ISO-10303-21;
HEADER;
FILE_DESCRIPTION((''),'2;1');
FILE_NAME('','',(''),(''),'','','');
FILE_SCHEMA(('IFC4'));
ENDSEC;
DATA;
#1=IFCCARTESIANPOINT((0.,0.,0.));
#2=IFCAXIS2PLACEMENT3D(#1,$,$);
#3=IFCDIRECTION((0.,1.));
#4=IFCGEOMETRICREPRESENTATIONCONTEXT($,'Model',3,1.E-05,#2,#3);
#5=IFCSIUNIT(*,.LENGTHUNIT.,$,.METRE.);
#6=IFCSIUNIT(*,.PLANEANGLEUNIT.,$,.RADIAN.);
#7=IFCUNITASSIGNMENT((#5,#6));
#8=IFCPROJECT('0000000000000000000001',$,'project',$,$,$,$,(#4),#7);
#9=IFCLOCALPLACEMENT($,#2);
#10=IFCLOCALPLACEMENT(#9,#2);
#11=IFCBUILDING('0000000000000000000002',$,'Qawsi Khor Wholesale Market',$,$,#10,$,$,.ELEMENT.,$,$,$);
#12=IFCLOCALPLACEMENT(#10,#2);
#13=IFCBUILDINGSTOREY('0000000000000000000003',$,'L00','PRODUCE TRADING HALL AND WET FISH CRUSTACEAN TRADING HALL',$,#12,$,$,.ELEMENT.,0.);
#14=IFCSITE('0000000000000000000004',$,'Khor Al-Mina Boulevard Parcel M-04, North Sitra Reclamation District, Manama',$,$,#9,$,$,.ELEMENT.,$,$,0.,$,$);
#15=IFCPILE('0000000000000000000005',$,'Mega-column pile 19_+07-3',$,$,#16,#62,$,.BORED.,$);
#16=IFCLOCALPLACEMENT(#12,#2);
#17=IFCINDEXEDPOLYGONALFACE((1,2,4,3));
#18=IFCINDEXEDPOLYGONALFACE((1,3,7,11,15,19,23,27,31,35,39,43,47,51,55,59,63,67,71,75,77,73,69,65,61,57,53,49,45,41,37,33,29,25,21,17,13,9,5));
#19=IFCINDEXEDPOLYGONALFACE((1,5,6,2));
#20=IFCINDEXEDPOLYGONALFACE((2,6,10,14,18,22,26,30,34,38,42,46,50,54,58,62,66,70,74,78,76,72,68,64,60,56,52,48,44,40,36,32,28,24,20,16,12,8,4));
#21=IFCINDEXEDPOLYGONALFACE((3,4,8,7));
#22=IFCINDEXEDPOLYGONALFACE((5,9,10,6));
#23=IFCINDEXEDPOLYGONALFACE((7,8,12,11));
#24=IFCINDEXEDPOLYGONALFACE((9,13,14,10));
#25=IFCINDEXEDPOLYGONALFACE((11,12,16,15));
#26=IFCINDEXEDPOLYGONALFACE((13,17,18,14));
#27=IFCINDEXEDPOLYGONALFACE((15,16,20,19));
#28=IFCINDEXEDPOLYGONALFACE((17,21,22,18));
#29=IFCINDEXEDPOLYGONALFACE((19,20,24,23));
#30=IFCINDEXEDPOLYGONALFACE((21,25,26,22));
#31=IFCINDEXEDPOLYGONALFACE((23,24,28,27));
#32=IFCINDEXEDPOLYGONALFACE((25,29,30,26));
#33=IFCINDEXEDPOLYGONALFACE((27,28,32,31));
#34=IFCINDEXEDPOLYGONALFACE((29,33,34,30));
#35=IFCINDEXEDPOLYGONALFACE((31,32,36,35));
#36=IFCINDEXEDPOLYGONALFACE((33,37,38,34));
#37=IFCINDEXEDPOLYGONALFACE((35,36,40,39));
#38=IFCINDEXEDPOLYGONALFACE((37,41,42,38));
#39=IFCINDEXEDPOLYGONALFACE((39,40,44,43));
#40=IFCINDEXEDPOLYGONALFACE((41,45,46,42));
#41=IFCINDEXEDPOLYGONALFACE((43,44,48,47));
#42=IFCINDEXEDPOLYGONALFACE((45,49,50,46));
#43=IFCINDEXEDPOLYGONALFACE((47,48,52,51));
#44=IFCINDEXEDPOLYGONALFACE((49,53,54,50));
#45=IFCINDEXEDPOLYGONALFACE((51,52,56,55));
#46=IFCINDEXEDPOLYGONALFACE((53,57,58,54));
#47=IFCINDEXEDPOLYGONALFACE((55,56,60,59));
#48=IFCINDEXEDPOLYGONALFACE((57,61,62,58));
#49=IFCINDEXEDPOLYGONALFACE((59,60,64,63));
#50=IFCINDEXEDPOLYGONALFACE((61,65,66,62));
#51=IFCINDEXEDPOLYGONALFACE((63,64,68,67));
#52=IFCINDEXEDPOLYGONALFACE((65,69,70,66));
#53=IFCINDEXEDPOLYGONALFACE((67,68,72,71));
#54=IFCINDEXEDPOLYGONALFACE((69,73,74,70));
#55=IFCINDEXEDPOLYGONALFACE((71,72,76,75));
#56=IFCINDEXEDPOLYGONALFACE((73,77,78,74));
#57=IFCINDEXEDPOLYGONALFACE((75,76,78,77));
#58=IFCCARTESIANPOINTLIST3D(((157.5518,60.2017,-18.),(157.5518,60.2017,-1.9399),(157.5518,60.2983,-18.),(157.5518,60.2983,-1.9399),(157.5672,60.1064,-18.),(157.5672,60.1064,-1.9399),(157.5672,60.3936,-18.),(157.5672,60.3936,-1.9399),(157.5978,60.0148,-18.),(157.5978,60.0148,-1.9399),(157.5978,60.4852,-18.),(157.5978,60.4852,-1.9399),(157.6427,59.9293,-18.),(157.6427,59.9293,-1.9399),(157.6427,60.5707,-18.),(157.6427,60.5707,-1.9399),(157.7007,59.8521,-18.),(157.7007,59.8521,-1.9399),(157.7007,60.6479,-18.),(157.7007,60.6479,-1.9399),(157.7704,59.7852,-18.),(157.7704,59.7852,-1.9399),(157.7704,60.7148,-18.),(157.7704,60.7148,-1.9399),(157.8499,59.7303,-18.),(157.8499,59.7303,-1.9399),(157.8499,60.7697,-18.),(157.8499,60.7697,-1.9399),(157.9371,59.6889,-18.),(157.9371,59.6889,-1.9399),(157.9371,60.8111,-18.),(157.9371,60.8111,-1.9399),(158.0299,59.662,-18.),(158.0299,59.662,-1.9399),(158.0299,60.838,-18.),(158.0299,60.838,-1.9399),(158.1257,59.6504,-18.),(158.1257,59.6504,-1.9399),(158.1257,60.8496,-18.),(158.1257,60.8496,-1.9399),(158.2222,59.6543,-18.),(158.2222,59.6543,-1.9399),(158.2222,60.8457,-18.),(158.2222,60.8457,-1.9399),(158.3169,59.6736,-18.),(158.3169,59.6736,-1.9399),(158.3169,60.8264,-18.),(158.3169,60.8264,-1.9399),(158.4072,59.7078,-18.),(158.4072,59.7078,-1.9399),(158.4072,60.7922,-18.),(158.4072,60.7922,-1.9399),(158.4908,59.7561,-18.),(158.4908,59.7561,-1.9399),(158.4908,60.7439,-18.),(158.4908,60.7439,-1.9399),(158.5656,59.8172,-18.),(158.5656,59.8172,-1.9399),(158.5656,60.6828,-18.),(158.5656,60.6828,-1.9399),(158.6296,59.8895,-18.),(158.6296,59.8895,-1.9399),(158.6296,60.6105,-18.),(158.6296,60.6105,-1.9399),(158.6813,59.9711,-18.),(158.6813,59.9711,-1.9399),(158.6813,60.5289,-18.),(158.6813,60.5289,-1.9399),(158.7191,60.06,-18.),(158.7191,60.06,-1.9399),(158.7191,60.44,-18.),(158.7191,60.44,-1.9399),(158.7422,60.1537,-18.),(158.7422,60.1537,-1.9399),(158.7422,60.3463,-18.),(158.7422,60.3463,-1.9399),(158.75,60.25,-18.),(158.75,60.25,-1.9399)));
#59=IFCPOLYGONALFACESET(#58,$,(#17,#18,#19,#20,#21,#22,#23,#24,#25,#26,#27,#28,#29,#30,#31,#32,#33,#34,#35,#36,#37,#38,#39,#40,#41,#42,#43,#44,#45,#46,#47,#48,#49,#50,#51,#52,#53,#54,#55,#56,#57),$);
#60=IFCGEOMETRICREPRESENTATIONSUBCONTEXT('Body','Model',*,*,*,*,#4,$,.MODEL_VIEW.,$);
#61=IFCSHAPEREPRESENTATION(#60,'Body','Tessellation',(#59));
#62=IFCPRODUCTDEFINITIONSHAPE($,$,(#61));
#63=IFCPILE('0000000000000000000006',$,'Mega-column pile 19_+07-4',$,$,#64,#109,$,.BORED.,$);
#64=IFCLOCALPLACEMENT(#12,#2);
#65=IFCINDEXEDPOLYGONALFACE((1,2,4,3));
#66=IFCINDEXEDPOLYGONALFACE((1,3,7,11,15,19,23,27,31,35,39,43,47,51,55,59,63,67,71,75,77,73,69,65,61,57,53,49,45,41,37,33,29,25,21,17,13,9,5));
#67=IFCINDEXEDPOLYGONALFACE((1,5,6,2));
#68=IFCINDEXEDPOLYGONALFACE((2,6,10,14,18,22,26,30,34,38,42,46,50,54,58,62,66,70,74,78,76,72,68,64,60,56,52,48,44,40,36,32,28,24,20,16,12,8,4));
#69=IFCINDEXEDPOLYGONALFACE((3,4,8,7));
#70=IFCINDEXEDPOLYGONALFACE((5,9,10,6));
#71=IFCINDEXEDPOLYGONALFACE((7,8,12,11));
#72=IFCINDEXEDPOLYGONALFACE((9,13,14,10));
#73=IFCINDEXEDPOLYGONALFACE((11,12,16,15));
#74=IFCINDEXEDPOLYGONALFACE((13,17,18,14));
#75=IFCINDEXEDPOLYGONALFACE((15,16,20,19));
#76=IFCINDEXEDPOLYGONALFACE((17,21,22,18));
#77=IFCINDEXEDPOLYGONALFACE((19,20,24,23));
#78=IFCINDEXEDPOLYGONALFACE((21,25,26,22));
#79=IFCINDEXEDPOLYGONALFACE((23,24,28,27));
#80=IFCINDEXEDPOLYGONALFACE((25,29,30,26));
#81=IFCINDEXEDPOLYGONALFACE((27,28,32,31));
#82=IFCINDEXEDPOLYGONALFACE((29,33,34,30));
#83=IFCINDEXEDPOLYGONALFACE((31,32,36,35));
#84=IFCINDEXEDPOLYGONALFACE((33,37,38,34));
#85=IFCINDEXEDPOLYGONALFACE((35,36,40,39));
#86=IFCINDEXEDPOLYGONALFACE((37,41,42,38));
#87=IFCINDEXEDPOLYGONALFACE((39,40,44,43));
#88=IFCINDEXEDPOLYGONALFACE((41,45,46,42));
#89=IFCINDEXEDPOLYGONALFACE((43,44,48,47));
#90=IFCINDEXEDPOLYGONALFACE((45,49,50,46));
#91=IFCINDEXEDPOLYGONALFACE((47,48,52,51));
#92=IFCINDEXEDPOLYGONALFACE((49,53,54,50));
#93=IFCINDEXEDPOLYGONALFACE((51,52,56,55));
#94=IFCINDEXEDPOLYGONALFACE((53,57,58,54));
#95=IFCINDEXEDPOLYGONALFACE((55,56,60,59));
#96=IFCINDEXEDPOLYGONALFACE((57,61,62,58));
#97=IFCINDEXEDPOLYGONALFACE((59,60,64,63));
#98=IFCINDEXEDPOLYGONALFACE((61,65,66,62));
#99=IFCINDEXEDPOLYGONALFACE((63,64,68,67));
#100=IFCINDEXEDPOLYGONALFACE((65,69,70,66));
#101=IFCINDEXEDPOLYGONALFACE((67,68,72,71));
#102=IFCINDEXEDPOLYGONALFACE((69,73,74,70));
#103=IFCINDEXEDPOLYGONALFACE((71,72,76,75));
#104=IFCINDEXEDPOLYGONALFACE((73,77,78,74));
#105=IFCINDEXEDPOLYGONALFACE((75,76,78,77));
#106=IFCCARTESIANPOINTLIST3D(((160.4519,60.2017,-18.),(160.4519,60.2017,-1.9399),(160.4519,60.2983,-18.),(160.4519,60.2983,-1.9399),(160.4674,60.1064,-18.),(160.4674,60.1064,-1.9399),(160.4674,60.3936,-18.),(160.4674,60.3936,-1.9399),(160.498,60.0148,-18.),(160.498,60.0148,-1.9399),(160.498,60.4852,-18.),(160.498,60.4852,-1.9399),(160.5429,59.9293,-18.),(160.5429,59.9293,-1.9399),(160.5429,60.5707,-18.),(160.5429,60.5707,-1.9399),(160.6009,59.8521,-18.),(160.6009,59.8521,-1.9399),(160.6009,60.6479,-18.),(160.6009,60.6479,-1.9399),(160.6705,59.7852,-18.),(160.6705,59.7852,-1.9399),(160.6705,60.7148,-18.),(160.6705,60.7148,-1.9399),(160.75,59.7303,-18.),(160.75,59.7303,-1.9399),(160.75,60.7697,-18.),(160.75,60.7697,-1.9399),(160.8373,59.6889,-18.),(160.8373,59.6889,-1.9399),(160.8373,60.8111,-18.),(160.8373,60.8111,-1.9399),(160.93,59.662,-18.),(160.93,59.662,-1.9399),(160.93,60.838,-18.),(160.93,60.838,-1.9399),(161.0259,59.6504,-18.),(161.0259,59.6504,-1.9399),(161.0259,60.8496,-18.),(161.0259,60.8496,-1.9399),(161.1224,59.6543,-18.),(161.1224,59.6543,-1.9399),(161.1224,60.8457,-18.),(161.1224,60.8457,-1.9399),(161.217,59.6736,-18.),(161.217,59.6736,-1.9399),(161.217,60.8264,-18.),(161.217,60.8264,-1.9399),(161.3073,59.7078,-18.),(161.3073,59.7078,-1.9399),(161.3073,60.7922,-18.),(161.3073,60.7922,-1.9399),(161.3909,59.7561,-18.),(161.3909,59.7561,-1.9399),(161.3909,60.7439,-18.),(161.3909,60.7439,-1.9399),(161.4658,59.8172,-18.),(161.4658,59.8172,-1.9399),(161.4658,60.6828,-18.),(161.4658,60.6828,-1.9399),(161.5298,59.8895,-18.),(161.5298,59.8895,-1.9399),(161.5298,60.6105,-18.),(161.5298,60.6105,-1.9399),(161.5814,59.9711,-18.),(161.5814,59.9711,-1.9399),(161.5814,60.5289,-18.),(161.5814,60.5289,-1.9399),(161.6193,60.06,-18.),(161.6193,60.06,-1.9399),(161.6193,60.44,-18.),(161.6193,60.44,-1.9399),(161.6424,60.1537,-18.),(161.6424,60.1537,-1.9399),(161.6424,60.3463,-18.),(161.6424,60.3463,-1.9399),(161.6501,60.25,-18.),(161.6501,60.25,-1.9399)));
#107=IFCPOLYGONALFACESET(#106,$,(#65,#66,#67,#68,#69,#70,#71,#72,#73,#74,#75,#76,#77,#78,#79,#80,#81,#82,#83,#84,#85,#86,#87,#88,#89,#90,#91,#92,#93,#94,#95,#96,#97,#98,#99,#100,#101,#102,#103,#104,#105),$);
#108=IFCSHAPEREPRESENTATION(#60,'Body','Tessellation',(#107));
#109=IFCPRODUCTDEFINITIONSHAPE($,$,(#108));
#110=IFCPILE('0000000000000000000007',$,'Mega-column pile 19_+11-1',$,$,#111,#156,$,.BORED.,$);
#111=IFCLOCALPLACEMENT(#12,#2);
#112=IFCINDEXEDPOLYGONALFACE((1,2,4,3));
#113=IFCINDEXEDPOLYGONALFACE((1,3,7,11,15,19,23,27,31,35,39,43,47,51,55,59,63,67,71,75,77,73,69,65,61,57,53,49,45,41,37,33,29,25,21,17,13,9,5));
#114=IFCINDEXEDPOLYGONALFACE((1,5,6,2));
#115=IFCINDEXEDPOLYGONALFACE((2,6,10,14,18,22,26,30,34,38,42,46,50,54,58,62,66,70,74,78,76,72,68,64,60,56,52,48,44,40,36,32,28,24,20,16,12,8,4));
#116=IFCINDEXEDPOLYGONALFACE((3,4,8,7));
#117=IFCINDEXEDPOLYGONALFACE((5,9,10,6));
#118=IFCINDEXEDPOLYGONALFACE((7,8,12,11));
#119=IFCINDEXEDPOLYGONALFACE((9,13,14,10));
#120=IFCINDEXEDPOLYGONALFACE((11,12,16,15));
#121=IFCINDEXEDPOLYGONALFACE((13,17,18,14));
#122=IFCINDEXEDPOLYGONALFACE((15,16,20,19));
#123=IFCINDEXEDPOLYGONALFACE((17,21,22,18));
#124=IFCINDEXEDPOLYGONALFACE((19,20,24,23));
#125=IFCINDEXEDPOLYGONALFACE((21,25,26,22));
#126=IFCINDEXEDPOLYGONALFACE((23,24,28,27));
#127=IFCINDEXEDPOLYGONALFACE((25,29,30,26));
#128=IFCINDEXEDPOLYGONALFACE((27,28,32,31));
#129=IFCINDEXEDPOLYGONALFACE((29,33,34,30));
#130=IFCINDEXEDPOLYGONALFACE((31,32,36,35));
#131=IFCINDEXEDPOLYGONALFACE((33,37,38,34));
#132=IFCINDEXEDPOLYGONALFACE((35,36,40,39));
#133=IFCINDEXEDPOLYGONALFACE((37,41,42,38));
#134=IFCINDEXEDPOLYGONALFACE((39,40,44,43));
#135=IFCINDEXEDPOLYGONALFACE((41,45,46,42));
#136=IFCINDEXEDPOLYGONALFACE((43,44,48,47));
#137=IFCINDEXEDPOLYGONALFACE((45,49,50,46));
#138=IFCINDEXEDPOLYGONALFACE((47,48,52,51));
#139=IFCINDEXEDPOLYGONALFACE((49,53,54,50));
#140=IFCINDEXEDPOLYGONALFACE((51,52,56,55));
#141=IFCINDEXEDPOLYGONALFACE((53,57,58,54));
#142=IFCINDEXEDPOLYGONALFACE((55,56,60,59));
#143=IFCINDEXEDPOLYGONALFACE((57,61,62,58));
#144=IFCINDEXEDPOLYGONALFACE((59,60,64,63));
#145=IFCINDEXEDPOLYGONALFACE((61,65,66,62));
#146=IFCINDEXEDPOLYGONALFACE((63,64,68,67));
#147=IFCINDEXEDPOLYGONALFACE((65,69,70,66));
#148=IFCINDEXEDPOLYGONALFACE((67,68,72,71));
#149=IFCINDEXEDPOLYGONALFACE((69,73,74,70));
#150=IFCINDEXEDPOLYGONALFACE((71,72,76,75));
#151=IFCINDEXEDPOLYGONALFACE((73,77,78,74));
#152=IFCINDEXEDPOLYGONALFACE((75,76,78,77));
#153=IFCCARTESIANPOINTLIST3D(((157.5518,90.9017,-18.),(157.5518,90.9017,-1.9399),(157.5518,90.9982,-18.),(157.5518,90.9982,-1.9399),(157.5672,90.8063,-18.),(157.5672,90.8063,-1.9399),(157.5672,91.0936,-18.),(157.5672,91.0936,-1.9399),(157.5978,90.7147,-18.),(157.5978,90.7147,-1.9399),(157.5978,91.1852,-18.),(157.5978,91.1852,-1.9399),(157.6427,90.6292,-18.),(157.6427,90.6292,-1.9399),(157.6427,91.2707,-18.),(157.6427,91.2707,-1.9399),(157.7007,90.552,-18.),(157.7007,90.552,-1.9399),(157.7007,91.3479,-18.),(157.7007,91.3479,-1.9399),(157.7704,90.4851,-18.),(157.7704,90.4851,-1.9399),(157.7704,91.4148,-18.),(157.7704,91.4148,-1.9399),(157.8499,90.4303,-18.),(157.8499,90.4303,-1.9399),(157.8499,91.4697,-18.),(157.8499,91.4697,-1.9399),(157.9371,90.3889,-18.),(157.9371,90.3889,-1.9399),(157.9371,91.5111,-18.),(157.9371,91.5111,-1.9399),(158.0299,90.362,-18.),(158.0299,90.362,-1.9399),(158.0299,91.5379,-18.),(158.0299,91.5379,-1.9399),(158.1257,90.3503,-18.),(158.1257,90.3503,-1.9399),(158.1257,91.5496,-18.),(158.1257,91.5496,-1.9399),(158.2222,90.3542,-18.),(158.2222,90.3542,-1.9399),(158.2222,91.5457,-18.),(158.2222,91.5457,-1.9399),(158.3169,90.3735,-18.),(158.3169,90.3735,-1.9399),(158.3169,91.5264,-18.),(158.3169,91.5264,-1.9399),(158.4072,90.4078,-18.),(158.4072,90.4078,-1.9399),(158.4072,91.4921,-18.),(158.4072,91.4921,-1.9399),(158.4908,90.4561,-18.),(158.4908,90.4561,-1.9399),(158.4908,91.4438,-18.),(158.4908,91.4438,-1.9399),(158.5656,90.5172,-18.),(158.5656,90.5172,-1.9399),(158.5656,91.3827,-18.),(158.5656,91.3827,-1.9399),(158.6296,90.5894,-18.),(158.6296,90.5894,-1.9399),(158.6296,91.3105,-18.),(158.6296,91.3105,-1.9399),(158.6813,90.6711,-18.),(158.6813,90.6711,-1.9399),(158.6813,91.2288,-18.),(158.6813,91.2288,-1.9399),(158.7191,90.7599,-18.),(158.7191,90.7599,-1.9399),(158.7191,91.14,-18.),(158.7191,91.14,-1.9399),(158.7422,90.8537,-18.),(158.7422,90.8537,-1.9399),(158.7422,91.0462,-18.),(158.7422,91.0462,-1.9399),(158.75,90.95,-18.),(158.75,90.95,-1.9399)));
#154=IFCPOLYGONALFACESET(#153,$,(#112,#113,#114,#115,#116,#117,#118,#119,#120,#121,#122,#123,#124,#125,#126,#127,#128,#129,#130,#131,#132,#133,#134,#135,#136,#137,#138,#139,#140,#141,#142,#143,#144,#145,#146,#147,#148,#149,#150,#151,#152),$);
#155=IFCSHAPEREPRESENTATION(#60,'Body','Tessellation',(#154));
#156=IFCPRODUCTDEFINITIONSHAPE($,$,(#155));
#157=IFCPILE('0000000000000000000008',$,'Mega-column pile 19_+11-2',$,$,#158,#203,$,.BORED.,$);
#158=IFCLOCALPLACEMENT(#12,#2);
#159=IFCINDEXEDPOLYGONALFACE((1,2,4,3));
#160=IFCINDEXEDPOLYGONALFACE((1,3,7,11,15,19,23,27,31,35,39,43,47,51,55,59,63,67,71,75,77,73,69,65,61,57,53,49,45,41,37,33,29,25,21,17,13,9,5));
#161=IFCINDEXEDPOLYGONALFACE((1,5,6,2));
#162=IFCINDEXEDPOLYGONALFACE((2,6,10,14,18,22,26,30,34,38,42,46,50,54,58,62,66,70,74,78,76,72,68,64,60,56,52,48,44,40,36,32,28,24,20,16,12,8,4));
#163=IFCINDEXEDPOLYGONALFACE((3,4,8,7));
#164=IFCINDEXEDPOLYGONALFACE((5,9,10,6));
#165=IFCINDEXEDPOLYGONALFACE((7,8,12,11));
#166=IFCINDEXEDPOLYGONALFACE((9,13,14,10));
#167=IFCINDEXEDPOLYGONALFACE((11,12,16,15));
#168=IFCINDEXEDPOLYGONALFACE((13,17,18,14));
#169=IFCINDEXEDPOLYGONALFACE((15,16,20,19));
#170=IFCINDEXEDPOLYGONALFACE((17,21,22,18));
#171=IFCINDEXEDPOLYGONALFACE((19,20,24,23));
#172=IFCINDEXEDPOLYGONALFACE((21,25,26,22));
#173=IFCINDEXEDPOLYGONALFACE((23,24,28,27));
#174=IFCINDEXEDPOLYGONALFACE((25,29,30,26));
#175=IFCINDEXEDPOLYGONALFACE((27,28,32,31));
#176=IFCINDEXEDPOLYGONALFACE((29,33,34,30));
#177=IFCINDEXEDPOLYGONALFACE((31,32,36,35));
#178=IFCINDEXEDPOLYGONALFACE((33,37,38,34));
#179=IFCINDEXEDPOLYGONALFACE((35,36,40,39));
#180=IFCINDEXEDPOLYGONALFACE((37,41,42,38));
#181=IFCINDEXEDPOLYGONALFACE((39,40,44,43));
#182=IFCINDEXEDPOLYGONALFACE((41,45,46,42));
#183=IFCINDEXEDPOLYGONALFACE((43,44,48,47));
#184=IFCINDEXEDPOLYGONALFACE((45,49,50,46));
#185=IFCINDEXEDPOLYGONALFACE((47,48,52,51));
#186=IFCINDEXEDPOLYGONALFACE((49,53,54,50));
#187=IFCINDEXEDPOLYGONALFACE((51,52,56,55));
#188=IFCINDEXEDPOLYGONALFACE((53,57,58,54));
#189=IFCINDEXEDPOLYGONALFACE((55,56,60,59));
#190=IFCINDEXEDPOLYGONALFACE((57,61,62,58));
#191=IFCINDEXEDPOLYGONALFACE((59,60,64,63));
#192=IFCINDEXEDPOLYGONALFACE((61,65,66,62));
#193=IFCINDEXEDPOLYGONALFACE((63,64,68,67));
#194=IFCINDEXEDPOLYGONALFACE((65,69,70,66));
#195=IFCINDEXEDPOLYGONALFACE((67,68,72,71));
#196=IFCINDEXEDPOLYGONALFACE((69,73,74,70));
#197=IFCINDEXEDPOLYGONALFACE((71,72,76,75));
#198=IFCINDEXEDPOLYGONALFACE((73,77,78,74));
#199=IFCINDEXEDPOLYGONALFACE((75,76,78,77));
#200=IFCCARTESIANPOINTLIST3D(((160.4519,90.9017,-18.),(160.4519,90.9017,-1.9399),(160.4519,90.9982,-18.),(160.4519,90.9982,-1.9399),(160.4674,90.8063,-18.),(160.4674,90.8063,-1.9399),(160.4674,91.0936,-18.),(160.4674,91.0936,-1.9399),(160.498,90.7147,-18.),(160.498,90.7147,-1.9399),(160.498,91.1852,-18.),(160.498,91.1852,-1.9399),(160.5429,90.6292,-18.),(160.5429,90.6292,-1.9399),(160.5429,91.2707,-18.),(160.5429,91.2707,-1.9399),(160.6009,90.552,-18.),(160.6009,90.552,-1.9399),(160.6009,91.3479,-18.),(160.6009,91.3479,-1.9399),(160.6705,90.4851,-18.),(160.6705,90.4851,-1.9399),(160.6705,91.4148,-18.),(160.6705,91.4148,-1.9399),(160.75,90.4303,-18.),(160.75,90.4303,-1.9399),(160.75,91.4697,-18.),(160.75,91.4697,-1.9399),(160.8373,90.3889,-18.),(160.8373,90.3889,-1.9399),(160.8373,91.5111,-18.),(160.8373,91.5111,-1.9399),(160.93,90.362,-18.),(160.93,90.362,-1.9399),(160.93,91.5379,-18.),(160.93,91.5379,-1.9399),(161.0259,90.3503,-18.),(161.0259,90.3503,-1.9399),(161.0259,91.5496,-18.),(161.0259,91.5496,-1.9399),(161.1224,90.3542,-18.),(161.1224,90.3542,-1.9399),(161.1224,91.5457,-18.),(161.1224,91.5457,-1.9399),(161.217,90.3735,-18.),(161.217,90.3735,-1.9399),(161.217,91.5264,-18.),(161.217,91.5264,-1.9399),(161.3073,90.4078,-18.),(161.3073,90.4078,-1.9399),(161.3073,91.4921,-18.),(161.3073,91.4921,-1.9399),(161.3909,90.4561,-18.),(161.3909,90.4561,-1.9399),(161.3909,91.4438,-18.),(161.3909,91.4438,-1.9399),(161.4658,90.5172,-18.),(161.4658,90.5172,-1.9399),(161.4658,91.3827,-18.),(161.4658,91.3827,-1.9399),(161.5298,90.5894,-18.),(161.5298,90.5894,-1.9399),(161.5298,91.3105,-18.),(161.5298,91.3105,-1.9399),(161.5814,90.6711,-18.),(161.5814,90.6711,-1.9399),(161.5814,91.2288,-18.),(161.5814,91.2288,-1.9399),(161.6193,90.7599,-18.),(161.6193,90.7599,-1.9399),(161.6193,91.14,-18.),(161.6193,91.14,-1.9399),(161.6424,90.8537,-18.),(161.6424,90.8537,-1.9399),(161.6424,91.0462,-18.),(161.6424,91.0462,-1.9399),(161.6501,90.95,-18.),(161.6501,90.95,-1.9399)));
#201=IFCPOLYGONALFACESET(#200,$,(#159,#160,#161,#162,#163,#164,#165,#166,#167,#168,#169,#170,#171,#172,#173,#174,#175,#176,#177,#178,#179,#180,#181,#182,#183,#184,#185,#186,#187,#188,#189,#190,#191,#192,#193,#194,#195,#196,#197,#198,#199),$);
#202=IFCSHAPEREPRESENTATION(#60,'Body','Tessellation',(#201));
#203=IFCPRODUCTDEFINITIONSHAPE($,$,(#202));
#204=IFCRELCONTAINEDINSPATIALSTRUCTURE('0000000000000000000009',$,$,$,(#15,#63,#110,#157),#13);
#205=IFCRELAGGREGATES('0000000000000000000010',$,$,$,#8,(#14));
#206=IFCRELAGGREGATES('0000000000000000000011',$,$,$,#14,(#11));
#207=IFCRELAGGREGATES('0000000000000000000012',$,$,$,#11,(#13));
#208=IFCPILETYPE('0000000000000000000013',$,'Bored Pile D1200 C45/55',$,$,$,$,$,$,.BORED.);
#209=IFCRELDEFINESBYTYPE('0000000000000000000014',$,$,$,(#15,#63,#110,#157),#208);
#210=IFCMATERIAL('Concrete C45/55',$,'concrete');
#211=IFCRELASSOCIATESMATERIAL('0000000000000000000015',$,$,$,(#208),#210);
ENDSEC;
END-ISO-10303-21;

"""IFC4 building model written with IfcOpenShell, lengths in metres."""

from ifc_helpers import new_model, si_unit, direction, frame, origin, origin_2d, place, context, subcontext, project, spatial, circle, extrude, material, material_profile, profile_set, type_object, element, save


model = new_model("IFC4")

# Units and contexts
model_context = context("Model", 3, precision=1e-05, world=origin(), true_north=direction((0.0, 1.0)))
body_context = subcontext(model_context, "Body", "Model", "MODEL_VIEW")
ifc_project = project(units=[si_unit("LENGTHUNIT", "METRE"), si_unit("PLANEANGLEUNIT", "RADIAN")], contexts=[model_context])

# Site, building, storey
site_placement = place(None, origin())
site = spatial("IfcSite", under=ifc_project, at=site_placement, Name="Khor Al-Mina Boulevard Parcel M-04, North Sitra Reclamation District, Manama", CompositionType="ELEMENT", RefElevation=0.0)
building_placement = place(site_placement, origin())
building = spatial("IfcBuilding", under=site, at=building_placement, Name="Qawsi Khor Wholesale Market", CompositionType="ELEMENT")
storey_placement = place(building_placement, origin())
storey = spatial("IfcBuildingStorey", under=building, at=storey_placement, Name="L00", Description="PRODUCE TRADING HALL AND WET FISH CRUSTACEAN TRADING HALL", CompositionType="ELEMENT", Elevation=0.0)

# Piles
ifc_material_1 = material(Name="Concrete C45/55", Category="concrete")
ifc_material_profile_1 = material_profile(ifc_material_1, circle(Radius=0.6001, at=origin_2d()), Name="PILE D1200")
ifc_profile_set_1 = profile_set([ifc_material_profile_1], Name="Concrete C45/55")
pile_type_1 = type_object("IfcPileType", Name="Bored Pile D1200 C45/55", PredefinedType="BORED", material=ifc_profile_set_1)
for number, where, z_axis, x_axis, name in (
    (1, (158.1499, 60.25, -1.9399), (0.0, 0.0, -1.0), (1.0, 0.0, 0.0), "Mega-column pile 19_+07-3"),
    (2, (161.05, 60.25, -1.9399), (0.0, 0.0, -1.0), (1.0, 0.0, 0.0), "Mega-column pile 19_+07-4"),
    (3, (158.1499, 90.95, -1.9399), (0.0, 0.0, -1.0), (1.0, 0.0, 0.0), "Mega-column pile 19_+11-1"),
    (4, (161.05, 90.95, -1.9399), (0.0, 0.0, -1.0), (1.0, 0.0, 0.0), "Mega-column pile 19_+11-2"),
):
    element("IfcPile", number, at=place(storey_placement, frame(where, z_axis=z_axis, x_axis=x_axis)), inside=storey, type_object=pile_type_1, Name=name, PredefinedType="BORED", context=body_context, shape_type="SweptSolid", body=[
        extrude(circle(Radius=0.6001, at=origin_2d()), origin(), (0.0, 0.0, 1.0), 16.0601),
    ])

save(model, "model.ifc")
